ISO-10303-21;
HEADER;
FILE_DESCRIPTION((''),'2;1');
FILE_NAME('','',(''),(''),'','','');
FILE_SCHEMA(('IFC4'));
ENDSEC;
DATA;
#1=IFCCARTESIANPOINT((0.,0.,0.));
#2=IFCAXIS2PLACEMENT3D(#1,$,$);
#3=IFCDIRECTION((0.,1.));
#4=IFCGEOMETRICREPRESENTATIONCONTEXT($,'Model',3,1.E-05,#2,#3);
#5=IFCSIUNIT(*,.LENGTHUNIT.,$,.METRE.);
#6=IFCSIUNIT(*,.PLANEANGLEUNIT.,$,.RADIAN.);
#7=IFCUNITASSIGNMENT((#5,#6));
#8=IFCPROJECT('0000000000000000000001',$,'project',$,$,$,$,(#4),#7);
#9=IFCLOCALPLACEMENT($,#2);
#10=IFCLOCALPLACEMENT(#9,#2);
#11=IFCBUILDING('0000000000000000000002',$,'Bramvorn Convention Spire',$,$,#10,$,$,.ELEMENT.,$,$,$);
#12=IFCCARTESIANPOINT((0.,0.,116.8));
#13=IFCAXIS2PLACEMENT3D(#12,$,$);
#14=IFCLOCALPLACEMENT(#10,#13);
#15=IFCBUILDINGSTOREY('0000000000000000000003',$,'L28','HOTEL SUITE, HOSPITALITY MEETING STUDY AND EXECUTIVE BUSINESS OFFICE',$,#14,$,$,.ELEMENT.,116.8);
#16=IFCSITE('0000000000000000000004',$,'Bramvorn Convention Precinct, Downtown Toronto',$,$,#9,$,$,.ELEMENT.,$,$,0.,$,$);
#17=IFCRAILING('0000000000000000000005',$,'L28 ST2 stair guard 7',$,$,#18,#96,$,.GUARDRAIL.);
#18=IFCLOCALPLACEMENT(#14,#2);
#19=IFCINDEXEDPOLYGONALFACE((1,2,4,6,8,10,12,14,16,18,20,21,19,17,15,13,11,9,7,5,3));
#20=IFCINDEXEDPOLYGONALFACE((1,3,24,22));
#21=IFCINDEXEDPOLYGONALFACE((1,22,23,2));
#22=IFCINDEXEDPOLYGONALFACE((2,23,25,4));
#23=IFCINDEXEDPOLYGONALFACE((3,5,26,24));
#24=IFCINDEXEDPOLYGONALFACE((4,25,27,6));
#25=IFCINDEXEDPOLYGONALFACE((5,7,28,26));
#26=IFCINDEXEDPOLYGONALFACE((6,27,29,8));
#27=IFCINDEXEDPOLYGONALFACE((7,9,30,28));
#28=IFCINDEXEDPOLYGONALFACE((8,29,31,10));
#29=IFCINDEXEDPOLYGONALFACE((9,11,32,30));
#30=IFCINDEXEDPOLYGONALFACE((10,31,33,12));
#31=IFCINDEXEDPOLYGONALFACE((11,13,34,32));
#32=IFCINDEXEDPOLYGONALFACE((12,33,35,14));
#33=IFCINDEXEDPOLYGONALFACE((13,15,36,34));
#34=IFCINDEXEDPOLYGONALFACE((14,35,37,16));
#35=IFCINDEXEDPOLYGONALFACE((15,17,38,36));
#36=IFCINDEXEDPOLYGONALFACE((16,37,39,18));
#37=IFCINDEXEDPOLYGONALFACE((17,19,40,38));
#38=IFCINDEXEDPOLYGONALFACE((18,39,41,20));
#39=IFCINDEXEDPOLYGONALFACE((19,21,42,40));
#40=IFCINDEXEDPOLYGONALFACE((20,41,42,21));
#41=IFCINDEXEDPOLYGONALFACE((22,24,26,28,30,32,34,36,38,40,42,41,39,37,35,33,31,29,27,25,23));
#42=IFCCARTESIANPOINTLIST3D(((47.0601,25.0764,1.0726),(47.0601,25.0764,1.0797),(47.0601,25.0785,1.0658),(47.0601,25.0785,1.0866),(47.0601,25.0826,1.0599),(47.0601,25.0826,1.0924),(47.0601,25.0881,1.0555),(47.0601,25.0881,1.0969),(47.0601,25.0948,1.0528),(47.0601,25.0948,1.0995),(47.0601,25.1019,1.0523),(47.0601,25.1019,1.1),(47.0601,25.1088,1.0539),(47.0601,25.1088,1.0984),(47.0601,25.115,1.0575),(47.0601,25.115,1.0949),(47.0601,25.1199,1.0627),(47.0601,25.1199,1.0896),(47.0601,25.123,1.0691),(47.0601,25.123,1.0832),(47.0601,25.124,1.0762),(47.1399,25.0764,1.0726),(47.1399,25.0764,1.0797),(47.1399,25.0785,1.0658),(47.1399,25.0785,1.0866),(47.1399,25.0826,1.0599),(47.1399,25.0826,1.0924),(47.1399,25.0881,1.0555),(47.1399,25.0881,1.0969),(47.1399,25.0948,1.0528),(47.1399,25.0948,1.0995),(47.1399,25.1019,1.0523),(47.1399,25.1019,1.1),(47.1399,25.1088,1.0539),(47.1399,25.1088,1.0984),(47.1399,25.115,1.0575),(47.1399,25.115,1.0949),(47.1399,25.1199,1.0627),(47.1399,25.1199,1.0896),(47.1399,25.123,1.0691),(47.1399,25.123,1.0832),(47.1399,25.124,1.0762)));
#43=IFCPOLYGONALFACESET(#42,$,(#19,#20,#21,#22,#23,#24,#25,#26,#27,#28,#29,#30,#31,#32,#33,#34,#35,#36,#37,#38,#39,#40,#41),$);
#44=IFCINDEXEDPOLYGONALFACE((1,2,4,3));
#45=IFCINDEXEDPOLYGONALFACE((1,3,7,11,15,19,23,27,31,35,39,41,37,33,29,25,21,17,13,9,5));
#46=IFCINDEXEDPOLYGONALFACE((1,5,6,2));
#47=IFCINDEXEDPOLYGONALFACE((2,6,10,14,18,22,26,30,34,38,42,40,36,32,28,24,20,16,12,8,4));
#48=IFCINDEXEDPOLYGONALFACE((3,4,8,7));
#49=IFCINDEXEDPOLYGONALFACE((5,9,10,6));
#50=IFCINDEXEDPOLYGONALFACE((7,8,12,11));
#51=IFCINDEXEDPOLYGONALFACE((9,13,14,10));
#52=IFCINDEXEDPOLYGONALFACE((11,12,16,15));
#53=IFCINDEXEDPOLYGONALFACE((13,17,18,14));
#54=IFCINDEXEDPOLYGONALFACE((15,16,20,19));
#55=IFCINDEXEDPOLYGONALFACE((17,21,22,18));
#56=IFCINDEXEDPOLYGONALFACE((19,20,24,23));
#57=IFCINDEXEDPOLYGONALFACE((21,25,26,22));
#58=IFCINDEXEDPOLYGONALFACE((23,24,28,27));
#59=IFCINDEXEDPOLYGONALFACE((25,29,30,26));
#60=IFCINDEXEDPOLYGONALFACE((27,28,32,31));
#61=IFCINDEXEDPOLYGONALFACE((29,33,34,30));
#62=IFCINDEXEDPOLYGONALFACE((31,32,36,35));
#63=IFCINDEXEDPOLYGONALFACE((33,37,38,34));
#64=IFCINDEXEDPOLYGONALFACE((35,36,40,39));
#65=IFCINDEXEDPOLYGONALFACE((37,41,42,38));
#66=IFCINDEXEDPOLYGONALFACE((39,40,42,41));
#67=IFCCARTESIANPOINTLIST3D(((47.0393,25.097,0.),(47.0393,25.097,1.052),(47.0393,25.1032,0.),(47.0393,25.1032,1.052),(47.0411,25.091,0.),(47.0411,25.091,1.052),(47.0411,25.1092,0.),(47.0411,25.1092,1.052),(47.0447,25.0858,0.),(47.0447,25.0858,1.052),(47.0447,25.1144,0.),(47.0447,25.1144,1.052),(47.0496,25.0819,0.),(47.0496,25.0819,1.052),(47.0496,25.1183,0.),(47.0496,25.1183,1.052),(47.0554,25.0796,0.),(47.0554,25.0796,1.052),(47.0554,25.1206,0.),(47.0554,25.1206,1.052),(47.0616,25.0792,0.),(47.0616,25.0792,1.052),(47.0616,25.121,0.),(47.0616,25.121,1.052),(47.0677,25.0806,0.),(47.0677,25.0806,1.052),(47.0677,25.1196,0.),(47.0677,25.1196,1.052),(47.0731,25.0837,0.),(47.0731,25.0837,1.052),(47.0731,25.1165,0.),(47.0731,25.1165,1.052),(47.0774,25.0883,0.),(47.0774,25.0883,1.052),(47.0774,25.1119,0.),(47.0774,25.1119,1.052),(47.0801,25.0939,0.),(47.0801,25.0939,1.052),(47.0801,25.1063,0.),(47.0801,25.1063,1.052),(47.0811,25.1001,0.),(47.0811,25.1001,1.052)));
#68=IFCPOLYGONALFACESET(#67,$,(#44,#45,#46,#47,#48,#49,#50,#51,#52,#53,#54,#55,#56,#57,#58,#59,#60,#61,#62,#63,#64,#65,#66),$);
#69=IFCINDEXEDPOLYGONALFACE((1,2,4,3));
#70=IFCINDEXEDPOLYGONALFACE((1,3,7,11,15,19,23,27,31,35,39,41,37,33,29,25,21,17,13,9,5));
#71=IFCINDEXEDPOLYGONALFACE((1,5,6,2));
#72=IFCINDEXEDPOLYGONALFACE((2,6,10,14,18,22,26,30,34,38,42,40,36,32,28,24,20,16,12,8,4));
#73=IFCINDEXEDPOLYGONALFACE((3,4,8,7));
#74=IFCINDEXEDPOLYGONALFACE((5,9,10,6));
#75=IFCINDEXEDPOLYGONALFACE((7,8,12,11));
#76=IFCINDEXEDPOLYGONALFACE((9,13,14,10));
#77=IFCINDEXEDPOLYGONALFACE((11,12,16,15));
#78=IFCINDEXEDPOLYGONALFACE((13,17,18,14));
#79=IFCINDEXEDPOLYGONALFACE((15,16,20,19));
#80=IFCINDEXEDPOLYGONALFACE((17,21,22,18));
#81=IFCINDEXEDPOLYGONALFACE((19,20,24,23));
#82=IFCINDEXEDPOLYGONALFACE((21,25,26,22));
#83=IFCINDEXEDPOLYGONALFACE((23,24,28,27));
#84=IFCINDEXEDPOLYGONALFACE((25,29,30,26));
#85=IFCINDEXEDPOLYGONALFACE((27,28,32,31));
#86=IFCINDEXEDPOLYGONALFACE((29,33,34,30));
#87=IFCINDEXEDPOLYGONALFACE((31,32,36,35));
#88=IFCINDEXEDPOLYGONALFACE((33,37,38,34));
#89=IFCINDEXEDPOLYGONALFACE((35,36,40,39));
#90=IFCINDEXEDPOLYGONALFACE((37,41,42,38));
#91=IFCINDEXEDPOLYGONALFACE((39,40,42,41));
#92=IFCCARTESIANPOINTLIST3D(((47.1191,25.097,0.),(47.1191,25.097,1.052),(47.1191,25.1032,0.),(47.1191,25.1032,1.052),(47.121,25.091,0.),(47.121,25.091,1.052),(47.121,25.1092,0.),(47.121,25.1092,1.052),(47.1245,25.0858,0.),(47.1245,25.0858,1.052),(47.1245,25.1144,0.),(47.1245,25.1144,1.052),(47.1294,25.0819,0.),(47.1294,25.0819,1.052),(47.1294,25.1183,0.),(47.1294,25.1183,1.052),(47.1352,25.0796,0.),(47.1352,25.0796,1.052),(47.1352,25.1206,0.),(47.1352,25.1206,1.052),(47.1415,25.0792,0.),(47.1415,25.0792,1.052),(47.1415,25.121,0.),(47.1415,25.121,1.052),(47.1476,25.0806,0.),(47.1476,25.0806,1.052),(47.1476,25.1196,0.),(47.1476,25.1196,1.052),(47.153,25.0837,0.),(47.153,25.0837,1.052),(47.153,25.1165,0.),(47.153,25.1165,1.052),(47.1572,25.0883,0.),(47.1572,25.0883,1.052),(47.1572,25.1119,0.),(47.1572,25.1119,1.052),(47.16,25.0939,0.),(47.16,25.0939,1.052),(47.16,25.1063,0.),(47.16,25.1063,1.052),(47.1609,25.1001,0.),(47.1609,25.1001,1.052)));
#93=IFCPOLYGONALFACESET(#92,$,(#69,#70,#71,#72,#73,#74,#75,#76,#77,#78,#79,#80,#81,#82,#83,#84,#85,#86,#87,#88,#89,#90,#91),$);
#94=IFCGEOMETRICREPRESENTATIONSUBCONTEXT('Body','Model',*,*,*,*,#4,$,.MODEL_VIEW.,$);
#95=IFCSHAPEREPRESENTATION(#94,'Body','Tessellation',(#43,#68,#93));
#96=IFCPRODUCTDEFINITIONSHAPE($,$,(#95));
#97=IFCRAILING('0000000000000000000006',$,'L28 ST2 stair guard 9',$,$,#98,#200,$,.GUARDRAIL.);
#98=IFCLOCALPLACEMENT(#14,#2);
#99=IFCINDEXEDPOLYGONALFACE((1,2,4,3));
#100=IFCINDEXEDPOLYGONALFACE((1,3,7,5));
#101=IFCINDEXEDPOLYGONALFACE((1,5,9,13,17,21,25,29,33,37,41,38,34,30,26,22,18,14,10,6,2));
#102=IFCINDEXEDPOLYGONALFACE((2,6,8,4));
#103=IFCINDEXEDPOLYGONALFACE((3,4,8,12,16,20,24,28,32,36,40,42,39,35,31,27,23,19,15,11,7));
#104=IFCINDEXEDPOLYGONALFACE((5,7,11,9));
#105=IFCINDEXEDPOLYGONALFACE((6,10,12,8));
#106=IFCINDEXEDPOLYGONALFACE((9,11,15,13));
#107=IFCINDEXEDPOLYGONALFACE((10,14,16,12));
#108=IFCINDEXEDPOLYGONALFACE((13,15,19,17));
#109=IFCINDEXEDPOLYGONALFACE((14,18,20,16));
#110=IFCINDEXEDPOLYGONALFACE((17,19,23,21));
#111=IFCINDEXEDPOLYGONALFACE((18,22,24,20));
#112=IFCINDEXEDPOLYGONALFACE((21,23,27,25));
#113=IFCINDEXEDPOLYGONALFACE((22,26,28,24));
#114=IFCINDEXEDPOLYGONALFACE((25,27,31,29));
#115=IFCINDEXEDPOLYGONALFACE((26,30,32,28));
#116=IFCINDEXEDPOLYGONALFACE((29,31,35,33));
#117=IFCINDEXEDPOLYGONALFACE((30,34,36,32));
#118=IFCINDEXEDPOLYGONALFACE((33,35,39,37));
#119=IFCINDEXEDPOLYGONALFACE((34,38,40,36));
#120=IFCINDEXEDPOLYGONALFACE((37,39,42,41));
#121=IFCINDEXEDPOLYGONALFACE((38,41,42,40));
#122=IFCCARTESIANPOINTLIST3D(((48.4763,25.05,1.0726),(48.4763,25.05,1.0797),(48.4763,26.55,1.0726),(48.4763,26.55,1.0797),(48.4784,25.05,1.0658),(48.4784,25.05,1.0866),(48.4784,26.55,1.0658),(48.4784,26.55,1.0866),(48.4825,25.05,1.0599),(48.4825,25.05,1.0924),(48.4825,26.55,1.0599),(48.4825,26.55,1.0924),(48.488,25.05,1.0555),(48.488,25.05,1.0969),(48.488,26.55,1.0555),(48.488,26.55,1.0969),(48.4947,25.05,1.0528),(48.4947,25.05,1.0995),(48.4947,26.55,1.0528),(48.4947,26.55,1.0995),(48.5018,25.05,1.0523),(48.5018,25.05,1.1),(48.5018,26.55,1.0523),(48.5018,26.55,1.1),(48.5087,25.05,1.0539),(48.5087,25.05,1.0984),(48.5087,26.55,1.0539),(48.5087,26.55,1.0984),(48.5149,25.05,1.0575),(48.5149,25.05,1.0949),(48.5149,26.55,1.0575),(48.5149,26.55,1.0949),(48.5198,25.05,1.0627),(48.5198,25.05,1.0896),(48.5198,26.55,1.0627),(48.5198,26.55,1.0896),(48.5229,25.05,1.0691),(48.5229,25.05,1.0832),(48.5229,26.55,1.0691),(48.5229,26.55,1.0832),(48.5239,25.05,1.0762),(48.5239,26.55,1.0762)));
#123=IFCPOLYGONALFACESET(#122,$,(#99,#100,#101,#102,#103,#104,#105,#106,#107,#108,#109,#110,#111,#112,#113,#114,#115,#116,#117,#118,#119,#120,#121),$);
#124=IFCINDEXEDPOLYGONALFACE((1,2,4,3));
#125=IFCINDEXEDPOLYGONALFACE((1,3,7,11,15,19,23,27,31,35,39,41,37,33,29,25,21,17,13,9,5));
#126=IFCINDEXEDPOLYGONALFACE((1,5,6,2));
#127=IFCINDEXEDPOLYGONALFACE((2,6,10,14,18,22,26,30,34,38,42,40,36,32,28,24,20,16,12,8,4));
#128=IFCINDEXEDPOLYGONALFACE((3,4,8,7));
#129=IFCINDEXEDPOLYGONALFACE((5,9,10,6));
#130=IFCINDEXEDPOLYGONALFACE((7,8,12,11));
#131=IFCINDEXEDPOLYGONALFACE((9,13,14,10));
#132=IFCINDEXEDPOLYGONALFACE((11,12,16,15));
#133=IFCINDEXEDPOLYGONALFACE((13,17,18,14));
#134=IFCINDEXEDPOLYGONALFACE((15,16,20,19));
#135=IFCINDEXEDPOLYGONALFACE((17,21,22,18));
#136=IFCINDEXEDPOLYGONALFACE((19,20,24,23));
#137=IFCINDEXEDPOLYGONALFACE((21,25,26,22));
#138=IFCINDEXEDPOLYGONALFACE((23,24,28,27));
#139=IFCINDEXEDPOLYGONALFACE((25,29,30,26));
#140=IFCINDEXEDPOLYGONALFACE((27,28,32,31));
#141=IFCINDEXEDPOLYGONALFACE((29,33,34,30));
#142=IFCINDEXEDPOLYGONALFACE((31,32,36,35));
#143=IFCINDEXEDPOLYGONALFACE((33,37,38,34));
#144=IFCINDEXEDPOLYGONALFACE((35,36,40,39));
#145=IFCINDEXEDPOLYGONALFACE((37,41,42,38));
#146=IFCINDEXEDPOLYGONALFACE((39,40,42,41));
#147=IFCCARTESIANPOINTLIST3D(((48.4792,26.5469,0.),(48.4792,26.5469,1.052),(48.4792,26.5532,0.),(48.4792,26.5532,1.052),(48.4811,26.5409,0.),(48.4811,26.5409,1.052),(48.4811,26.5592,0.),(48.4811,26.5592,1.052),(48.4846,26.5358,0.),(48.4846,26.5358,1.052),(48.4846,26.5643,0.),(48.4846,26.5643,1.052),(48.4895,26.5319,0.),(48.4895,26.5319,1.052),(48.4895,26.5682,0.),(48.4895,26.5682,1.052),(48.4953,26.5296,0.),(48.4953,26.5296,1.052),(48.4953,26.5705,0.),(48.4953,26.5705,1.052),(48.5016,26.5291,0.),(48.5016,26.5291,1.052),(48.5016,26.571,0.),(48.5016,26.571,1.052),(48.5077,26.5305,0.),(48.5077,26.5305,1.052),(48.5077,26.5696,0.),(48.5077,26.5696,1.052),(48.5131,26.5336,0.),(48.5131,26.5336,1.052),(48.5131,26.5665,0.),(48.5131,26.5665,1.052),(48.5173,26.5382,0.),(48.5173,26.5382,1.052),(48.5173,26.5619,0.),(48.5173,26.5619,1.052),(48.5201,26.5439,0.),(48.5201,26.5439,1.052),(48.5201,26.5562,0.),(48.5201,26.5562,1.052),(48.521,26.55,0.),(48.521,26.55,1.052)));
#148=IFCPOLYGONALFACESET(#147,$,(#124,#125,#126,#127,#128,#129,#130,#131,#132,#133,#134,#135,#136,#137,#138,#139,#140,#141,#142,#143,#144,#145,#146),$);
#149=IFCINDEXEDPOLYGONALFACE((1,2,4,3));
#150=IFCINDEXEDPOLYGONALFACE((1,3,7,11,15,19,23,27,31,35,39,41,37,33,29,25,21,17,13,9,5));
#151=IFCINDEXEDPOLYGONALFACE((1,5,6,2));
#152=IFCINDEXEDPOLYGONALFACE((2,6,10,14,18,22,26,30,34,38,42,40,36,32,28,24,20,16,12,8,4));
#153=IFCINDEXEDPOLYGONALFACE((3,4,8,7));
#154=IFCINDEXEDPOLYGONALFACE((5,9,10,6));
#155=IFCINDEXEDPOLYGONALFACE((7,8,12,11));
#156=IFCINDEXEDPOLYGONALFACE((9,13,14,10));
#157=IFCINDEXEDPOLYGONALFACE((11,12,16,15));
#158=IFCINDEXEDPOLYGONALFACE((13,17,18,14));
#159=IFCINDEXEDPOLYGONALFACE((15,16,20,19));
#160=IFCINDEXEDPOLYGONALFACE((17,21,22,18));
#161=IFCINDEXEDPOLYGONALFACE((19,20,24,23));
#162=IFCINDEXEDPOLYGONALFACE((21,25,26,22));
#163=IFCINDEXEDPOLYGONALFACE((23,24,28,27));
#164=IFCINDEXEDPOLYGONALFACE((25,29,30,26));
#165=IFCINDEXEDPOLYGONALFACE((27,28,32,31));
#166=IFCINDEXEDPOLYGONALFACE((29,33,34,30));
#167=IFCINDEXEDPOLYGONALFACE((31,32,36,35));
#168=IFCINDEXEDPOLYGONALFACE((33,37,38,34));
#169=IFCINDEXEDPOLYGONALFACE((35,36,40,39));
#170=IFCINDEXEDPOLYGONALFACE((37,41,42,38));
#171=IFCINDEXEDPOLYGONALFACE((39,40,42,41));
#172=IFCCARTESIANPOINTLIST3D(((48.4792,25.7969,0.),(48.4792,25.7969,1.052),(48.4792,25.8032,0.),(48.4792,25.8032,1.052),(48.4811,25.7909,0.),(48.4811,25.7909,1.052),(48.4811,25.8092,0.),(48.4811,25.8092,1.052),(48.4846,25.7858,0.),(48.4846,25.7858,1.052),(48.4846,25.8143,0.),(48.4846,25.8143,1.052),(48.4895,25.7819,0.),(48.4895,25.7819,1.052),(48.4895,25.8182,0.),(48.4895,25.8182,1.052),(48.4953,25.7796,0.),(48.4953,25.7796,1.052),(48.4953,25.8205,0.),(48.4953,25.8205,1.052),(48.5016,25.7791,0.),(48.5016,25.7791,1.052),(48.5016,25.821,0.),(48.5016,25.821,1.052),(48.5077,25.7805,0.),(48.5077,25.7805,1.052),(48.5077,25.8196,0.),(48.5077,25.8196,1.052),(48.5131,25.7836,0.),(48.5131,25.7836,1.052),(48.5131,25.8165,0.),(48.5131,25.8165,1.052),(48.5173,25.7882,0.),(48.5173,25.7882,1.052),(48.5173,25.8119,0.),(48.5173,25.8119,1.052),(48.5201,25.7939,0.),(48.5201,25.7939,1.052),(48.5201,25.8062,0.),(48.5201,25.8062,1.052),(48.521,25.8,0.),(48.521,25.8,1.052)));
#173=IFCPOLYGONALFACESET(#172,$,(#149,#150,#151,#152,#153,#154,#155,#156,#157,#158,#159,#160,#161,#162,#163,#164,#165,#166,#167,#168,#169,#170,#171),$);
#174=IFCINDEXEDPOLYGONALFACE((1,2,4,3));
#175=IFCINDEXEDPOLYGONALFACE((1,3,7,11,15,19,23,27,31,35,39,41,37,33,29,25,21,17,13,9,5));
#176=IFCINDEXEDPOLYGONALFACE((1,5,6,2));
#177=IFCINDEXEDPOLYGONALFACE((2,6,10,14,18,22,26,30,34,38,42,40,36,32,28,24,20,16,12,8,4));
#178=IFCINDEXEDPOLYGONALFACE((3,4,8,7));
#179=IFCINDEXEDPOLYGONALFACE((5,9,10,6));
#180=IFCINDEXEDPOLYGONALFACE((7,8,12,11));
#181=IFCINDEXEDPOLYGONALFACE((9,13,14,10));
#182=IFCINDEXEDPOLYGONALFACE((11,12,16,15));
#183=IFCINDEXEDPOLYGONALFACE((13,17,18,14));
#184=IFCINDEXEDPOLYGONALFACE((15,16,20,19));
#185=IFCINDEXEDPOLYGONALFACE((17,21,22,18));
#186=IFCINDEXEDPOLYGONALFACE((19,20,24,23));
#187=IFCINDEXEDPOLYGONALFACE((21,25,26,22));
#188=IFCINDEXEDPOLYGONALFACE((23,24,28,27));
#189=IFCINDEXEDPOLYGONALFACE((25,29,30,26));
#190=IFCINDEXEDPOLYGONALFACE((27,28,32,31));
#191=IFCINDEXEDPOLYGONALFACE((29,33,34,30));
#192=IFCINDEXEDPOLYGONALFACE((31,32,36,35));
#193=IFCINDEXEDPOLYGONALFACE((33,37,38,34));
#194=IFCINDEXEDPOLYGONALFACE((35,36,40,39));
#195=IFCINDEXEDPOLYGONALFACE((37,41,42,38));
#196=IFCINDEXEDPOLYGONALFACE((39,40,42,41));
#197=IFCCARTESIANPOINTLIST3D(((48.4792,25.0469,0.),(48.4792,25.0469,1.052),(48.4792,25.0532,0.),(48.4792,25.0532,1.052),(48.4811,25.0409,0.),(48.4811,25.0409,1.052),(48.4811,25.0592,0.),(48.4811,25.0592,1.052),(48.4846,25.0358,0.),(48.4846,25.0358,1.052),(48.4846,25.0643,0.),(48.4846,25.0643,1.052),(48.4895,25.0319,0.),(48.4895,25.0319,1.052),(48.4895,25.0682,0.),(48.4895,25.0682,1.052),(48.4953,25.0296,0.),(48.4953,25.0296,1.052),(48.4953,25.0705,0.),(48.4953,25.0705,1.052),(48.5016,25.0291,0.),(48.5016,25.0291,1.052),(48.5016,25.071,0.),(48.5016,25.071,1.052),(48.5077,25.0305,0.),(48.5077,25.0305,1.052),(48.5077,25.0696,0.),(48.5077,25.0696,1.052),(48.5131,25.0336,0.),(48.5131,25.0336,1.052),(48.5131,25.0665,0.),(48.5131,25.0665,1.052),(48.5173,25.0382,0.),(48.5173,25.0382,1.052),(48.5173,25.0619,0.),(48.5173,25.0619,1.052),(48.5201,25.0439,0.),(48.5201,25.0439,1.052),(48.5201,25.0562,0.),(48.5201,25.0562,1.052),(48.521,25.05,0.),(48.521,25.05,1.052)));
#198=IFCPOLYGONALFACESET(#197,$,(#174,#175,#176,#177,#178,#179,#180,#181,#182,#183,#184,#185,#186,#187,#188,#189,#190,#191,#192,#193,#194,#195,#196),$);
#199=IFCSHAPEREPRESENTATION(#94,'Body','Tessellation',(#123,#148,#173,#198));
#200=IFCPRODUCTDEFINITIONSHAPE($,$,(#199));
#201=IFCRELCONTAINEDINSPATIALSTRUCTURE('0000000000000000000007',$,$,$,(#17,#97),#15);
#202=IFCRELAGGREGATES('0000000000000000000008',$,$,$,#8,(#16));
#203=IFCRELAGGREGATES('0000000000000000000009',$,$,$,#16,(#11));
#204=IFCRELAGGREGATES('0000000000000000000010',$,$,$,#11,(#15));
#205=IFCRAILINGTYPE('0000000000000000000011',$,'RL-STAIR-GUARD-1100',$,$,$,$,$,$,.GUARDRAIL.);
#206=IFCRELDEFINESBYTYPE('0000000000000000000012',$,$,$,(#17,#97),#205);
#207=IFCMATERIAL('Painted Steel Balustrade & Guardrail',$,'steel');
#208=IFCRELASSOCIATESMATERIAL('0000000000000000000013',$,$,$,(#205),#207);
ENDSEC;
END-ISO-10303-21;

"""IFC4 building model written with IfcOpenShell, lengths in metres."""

from ifc_helpers import new_model, si_unit, direction, frame, origin, origin_2d, place, context, subcontext, project, spatial, circle, extrude, material, type_object, element, save


model = new_model("IFC4")

# Units and contexts
model_context = context("Model", 3, precision=1e-05, world=origin(), true_north=direction((0.0, 1.0)))
body_context = subcontext(model_context, "Body", "Model", "MODEL_VIEW")
ifc_project = project(units=[si_unit("LENGTHUNIT", "METRE"), si_unit("PLANEANGLEUNIT", "RADIAN")], contexts=[model_context])

# Site, building, storey
site_placement = place(None, origin())
site = spatial("IfcSite", under=ifc_project, at=site_placement, Name="Bramvorn Convention Precinct, Downtown Toronto", CompositionType="ELEMENT", RefElevation=0.0)
building_placement = place(site_placement, origin())
building = spatial("IfcBuilding", under=site, at=building_placement, Name="Bramvorn Convention Spire", CompositionType="ELEMENT")
storey_placement = place(building_placement, frame((0.0, 0.0, 116.8)))
storey = spatial("IfcBuildingStorey", under=building, at=storey_placement, Name="L28", Description="HOTEL SUITE, HOSPITALITY MEETING STUDY AND EXECUTIVE BUSINESS OFFICE", CompositionType="ELEMENT", Elevation=116.8)

# Railings
ifc_material_1 = material(Name="Painted Steel Balustrade & Guardrail", Category="steel")
railing_type_1 = type_object("IfcRailingType", Name="RL-STAIR-GUARD-1100", PredefinedType="GUARDRAIL", material=ifc_material_1)
railing_1_placement = place(storey_placement, frame((47.0601, 25.1001, 0.0)))
element("IfcRailing", 1, at=railing_1_placement, inside=storey, type_object=railing_type_1, Name="L28 ST2 stair guard 7", PredefinedType="GUARDRAIL", context=body_context, shape_type="SweptSolid", body=[
    extrude(circle(Radius=0.0239, at=origin_2d()), frame((0.0, 0.0, 1.0762), z_axis=(1.0, 0.0, 0.0), x_axis=(0.0, 1.0, 0.0)), (0.0, 0.0, 1.0), 0.0798),
    extrude(circle(Radius=0.021, at=origin_2d()), origin(), (0.0, 0.0, 1.0), 1.052),
    extrude(circle(Radius=0.021, at=origin_2d()), frame((0.0798, 0.0, 0.0)), (0.0, 0.0, 1.0), 1.052),
])
railing_2_placement = place(storey_placement, frame((48.5, 26.55, 0.0)))
element("IfcRailing", 2, at=railing_2_placement, inside=storey, type_object=railing_type_1, Name="L28 ST2 stair guard 9", PredefinedType="GUARDRAIL", context=body_context, shape_type="SweptSolid", body=[
    extrude(circle(Radius=0.0239, at=origin_2d()), frame((0.0, 0.0, 1.0762), z_axis=(0.0, -1.0, 0.0), x_axis=(1.0, 0.0, 0.0)), (0.0, 0.0, 1.0), 1.5),
    extrude(circle(Radius=0.021, at=origin_2d()), origin(), (0.0, 0.0, 1.0), 1.052),
    extrude(circle(Radius=0.021, at=origin_2d()), frame((0.0, -0.75, 0.0)), (0.0, 0.0, 1.0), 1.052),
    extrude(circle(Radius=0.021, at=origin_2d()), frame((0.0, -1.5, 0.0)), (0.0, 0.0, 1.0), 1.052),
])

save(model, "model.ifc")
